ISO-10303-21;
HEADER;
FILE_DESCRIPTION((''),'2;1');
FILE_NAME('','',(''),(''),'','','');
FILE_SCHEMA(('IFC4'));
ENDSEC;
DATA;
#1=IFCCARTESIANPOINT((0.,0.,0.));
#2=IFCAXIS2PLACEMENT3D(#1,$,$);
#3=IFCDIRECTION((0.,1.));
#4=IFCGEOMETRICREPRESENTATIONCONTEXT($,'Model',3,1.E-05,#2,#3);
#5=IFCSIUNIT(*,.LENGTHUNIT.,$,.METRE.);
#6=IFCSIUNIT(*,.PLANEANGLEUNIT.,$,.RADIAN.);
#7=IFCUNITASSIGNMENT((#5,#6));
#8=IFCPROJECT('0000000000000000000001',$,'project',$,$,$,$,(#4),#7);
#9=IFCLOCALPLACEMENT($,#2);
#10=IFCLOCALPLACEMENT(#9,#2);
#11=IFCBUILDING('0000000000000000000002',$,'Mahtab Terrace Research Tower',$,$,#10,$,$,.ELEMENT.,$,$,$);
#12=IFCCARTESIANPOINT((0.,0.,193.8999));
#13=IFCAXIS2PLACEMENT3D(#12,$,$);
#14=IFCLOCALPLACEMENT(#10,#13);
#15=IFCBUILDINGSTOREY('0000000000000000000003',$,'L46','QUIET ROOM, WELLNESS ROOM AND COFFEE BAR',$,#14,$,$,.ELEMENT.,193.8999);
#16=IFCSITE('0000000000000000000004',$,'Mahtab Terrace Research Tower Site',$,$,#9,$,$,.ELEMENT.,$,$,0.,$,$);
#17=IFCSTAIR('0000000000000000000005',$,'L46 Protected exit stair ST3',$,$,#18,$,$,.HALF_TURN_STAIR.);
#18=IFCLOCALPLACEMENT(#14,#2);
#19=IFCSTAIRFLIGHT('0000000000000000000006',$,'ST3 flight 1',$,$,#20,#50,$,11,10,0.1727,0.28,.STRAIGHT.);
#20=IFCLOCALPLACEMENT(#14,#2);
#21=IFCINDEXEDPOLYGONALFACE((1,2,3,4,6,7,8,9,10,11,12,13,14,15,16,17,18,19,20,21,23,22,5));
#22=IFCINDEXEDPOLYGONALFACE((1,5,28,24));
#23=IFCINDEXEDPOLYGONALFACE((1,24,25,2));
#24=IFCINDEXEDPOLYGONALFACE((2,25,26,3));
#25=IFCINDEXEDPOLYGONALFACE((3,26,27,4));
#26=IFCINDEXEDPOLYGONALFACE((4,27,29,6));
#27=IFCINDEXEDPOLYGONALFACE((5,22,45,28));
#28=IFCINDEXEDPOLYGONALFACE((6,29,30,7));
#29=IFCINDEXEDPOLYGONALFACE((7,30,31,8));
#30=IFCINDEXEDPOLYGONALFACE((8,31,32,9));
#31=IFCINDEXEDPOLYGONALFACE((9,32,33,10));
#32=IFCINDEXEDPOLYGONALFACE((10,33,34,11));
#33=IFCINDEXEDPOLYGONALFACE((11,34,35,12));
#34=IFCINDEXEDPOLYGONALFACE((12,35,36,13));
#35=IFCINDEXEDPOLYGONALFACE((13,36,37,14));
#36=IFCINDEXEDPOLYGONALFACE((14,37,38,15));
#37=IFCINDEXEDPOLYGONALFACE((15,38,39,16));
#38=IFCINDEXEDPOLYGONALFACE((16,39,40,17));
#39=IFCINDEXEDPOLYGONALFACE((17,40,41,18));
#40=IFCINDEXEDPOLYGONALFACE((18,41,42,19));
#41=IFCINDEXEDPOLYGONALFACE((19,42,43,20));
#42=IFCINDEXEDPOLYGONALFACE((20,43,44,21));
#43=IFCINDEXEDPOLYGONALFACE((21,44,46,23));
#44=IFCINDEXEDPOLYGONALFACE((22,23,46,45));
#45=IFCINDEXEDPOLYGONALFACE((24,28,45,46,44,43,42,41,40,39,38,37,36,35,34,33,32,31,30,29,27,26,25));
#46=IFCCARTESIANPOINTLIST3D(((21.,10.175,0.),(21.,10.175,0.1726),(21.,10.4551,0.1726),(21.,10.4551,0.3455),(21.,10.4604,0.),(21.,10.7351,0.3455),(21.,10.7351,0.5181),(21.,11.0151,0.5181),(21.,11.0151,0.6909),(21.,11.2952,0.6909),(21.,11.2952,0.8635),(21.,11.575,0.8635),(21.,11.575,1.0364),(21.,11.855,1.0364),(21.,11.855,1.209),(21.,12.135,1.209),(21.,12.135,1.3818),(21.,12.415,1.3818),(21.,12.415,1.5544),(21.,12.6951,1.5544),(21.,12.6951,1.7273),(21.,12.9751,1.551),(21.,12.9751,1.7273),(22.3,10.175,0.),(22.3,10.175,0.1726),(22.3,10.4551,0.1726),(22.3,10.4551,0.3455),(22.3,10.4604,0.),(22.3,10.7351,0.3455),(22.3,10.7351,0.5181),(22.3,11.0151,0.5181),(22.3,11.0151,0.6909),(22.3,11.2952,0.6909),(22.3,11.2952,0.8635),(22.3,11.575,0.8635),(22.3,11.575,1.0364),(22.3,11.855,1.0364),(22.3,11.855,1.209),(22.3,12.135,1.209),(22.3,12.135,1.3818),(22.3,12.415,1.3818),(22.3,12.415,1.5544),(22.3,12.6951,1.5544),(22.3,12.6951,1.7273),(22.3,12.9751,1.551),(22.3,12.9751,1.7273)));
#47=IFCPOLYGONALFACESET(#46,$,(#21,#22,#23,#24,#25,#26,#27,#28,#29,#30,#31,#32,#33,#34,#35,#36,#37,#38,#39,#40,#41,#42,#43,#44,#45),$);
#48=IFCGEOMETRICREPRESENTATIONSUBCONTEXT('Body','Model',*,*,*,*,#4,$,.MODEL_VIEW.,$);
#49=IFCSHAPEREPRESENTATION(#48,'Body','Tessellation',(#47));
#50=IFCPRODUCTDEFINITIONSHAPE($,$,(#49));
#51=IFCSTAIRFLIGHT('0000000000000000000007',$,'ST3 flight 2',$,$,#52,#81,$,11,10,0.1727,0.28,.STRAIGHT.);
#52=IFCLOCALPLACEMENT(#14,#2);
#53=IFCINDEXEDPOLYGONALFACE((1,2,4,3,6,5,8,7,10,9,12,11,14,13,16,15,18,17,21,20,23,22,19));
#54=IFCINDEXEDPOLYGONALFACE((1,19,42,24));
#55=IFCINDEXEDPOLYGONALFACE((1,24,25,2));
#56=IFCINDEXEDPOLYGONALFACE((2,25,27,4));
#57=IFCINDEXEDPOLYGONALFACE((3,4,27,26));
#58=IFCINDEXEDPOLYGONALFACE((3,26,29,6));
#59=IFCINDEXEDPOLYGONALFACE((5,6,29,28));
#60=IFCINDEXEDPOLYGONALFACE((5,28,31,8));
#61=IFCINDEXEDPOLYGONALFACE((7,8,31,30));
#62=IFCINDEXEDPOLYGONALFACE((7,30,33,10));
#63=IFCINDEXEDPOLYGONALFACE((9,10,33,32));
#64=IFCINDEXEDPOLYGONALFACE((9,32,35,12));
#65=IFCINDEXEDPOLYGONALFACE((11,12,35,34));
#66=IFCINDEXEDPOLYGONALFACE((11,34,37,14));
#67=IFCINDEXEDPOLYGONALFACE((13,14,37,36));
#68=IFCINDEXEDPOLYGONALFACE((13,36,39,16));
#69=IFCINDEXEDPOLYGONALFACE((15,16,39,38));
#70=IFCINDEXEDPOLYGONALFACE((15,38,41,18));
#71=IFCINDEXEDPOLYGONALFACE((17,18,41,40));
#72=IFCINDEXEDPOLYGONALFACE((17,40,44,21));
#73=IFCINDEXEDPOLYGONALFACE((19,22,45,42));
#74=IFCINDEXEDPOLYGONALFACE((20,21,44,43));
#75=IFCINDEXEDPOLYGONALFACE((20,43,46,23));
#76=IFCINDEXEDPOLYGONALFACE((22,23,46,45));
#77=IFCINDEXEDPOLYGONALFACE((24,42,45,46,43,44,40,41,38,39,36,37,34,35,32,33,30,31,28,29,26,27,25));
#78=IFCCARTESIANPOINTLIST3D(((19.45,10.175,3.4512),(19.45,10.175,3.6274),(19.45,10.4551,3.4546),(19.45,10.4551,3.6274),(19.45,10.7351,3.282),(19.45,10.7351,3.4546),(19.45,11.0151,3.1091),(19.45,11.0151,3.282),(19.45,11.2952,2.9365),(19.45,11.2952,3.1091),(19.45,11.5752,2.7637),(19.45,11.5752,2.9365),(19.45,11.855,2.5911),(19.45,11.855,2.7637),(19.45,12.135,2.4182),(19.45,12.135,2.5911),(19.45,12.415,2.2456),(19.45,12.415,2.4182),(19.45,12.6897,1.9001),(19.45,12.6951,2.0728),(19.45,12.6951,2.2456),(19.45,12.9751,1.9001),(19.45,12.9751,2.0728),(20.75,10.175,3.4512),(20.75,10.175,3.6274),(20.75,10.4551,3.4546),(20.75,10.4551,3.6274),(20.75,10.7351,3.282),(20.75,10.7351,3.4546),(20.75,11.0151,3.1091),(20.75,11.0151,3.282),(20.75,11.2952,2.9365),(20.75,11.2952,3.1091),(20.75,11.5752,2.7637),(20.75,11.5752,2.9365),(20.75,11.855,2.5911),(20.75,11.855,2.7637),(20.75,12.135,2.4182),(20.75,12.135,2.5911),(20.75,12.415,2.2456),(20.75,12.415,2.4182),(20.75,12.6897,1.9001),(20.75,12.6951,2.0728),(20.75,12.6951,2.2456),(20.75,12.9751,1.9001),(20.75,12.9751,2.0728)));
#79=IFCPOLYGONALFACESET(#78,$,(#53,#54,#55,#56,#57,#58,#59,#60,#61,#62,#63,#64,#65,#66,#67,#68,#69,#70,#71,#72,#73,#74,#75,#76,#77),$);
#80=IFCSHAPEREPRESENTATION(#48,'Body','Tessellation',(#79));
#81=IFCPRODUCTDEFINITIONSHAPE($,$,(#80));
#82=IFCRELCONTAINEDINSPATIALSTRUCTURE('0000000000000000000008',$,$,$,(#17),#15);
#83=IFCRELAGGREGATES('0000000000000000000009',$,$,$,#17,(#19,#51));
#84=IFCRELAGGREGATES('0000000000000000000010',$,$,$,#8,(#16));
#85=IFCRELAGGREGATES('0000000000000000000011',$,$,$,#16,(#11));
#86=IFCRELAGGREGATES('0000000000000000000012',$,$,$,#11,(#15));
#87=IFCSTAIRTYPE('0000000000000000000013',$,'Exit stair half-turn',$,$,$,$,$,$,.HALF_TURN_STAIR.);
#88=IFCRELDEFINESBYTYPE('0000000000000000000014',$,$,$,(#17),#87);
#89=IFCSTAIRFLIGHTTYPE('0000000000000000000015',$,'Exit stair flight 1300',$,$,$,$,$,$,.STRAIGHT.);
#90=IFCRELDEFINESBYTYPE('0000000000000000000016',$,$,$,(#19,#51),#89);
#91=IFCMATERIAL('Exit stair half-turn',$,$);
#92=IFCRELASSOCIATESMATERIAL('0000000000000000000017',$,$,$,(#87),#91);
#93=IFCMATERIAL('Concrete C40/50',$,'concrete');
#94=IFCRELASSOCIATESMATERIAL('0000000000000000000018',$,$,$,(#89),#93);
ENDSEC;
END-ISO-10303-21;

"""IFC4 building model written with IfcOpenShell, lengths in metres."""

from ifc_helpers import new_model, si_unit, direction, frame, origin, place, context, subcontext, project, spatial, polyline, outline, extrude, material, type_object, element, aggregate, save


model = new_model("IFC4")

# Units and contexts
model_context = context("Model", 3, precision=1e-05, world=origin(), true_north=direction((0.0, 1.0)))
body_context = subcontext(model_context, "Body", "Model", "MODEL_VIEW")
ifc_project = project(units=[si_unit("LENGTHUNIT", "METRE"), si_unit("PLANEANGLEUNIT", "RADIAN")], contexts=[model_context])

# Site, building, storey
site_placement = place(None, origin())
site = spatial("IfcSite", under=ifc_project, at=site_placement, Name="Mahtab Terrace Research Tower Site", CompositionType="ELEMENT", RefElevation=0.0)
building_placement = place(site_placement, origin())
building = spatial("IfcBuilding", under=site, at=building_placement, Name="Mahtab Terrace Research Tower", CompositionType="ELEMENT")
storey_placement = place(building_placement, frame((0.0, 0.0, 193.8999)))
storey = spatial("IfcBuildingStorey", under=building, at=storey_placement, Name="L46", Description="QUIET ROOM, WELLNESS ROOM AND COFFEE BAR", CompositionType="ELEMENT", Elevation=193.8999)

# Stair, stair flights
ifc_material_1 = material(Name="Exit stair half-turn")
stair_type = type_object("IfcStairType", Name="Exit stair half-turn", PredefinedType="HALF_TURN_STAIR", material=ifc_material_1)
stair_placement = place(storey_placement, origin())
stair = element("IfcStair", 1, at=stair_placement, inside=storey, type_object=stair_type, Name="L46 Protected exit stair ST3", PredefinedType="HALF_TURN_STAIR")
ifc_material_2 = material(Name="Concrete C40/50", Category="concrete")
stair_flight_type = type_object("IfcStairFlightType", Name="Exit stair flight 1300", PredefinedType="STRAIGHT", material=ifc_material_2)
stair_flight_1_placement = place(storey_placement, frame((21.6499, 10.175, 0.0), z_axis=(0.0, 0.0, 1.0), x_axis=(0.0, 1.0, 0.0)))
stair_flight_1 = element("IfcStairFlight", 2, at=stair_flight_1_placement, type_object=stair_flight_type, Name="ST3 flight 1", NumberOfRisers=11, NumberOfTreads=10, PredefinedType="STRAIGHT", RiserHeight=0.1727, TreadLength=0.28, context=body_context, shape_type="SweptSolid", body=[
    extrude(outline(polyline([(0.0, 0.0), (0.0, 0.1726), (0.28, 0.1726), (0.28, 0.3455), (0.5601, 0.3455), (0.5601, 0.5181), (0.8401, 0.5181), (0.8401, 0.6909), (1.1201, 0.6909), (1.1201, 0.8635), (1.3999, 0.8635), (1.3999, 1.0364), (1.6799, 1.0364), (1.6799, 1.209), (1.96, 1.209), (1.96, 1.3818), (2.24, 1.3818), (2.24, 1.5544), (2.52, 1.5544), (2.52, 1.7273), (2.8, 1.7273), (2.8, 1.8999), (2.8, 1.551), (0.2854, 0.0), (0.0, 0.0)])), frame((0.0, 0.6499, 0.0), z_axis=(0.0, -1.0, 0.0), x_axis=(1.0, 0.0, 0.0)), (0.0, 0.0, 1.0), 1.3),
])
stair_flight_2_placement = place(storey_placement, frame((20.1001, 12.9751, 1.9001), z_axis=(0.0, 0.0, 1.0), x_axis=(0.0, -1.0, 0.0)))
stair_flight_2 = element("IfcStairFlight", 3, at=stair_flight_2_placement, type_object=stair_flight_type, Name="ST3 flight 2", NumberOfRisers=11, NumberOfTreads=10, PredefinedType="STRAIGHT", RiserHeight=0.1727, TreadLength=0.28, context=body_context, shape_type="SweptSolid", body=[
    extrude(outline(polyline([(0.0, 0.0), (0.0, 0.1726), (0.28, 0.1726), (0.28, 0.3455), (0.5601, 0.3455), (0.5601, 0.5181), (0.8401, 0.5181), (0.8401, 0.6909), (1.1201, 0.6909), (1.1201, 0.8635), (1.3999, 0.8635), (1.3999, 1.0364), (1.6799, 1.0364), (1.6799, 1.209), (1.96, 1.209), (1.96, 1.3818), (2.24, 1.3818), (2.24, 1.5544), (2.52, 1.5544), (2.52, 1.7273), (2.8, 1.7273), (2.8, 1.8999), (2.8, 1.551), (0.2854, 0.0), (0.0, 0.0)])), frame((0.0, 0.6499, 0.0), z_axis=(0.0, -1.0, 0.0), x_axis=(1.0, 0.0, 0.0)), (0.0, 0.0, 1.0), 1.3),
])
aggregate(stair, [stair_flight_1, stair_flight_2])

save(model, "model.ifc")
